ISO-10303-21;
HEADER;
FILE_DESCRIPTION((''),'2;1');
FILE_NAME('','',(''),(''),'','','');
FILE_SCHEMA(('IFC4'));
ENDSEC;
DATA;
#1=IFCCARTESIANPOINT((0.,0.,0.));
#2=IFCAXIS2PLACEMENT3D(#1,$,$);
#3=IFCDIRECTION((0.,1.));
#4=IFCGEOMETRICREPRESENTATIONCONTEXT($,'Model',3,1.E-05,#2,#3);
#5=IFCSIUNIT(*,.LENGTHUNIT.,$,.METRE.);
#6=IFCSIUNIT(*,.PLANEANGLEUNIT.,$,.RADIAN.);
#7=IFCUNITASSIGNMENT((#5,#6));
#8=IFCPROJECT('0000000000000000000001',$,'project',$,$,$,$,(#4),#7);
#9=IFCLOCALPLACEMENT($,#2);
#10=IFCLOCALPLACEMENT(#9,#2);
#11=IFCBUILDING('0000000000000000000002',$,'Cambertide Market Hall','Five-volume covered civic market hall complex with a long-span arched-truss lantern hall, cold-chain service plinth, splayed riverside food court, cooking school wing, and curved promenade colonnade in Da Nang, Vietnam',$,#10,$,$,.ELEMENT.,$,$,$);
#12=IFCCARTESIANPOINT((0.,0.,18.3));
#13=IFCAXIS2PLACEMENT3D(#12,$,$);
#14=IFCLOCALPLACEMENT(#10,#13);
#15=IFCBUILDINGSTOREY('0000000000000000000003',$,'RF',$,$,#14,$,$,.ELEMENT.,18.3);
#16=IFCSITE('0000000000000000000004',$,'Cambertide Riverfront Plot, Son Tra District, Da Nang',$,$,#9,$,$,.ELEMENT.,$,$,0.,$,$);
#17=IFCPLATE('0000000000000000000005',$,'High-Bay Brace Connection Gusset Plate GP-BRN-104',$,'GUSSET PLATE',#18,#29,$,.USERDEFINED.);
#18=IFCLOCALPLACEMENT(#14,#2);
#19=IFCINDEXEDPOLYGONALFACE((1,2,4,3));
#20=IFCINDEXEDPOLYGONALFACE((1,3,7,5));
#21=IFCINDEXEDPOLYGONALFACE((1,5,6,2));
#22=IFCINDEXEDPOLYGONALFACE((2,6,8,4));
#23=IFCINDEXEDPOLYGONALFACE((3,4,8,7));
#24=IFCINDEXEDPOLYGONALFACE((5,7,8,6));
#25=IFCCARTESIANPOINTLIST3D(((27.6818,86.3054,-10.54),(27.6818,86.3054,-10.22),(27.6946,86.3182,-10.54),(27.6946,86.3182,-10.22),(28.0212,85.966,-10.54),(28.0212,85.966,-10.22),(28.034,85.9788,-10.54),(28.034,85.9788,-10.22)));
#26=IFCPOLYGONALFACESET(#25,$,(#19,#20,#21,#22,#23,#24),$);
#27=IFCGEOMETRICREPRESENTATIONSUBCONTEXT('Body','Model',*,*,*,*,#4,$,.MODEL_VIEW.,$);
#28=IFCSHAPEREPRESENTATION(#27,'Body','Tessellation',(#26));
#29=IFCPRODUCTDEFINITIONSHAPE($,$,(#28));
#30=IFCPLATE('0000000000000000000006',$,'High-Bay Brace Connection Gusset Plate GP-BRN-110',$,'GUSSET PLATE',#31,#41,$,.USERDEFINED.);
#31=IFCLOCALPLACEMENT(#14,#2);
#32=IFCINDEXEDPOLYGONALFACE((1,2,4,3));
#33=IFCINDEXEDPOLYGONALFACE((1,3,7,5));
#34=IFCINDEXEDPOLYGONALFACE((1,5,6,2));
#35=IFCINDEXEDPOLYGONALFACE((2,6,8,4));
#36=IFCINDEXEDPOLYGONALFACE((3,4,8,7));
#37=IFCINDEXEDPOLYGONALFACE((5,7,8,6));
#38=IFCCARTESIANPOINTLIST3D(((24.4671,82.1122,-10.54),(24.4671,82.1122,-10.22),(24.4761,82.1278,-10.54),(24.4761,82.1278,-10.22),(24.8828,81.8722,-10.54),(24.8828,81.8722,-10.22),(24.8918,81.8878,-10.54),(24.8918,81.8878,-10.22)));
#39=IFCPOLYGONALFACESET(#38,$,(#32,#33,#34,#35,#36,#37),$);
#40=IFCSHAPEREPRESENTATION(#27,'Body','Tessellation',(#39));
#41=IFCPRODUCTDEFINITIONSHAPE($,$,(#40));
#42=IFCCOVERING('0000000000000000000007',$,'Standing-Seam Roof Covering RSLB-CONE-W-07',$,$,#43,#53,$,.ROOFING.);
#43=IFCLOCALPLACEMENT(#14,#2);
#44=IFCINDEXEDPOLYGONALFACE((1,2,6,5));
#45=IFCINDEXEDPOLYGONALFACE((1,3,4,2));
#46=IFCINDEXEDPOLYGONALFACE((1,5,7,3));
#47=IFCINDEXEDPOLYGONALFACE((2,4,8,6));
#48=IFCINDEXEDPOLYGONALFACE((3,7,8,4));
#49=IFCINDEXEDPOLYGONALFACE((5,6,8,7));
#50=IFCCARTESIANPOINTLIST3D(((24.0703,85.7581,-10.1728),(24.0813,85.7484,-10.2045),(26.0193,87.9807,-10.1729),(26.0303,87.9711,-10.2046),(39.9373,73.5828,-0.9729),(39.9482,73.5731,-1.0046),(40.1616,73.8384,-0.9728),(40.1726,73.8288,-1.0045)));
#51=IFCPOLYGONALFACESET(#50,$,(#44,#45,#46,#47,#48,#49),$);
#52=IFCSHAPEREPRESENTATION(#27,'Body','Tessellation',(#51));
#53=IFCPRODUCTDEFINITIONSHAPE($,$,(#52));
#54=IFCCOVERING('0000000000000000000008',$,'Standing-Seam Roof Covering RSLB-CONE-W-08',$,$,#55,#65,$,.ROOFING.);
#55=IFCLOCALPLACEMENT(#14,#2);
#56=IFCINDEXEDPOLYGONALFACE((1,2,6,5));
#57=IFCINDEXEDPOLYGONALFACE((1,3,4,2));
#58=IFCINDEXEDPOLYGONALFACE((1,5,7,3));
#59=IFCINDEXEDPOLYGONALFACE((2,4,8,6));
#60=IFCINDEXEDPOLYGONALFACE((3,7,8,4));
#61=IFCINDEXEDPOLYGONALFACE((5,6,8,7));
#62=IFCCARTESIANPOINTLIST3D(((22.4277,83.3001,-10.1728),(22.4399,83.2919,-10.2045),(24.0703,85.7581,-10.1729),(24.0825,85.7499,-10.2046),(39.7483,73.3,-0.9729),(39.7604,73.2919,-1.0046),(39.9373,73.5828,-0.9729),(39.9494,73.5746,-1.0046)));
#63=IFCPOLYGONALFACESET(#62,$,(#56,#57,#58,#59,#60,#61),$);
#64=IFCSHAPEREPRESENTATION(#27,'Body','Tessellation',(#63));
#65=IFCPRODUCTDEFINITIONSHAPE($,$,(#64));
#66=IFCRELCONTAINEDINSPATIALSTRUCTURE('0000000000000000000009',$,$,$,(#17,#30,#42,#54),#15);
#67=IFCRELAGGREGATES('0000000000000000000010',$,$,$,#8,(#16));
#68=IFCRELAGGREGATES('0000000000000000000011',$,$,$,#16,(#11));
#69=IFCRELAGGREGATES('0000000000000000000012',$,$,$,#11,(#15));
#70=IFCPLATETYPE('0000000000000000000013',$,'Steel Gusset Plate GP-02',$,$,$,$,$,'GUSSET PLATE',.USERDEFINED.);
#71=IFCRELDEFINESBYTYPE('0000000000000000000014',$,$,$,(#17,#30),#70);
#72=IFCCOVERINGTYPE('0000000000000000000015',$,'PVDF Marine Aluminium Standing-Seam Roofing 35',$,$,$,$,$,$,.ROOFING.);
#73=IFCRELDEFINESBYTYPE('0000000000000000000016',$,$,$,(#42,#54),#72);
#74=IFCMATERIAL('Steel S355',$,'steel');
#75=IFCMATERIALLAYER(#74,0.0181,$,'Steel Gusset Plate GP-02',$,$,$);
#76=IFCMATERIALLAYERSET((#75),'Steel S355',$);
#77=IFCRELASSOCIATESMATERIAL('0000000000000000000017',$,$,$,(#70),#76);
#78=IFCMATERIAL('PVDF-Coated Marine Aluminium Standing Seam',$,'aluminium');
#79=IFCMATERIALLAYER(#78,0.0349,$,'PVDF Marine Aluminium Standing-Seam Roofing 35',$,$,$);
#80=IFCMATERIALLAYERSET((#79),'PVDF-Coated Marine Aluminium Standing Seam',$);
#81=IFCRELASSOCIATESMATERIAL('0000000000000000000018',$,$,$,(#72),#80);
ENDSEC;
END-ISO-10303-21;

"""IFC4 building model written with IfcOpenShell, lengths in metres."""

from ifc_helpers import new_model, si_unit, direction, frame, origin, origin_2d, place, context, subcontext, project, spatial, polyline, rectangle, outline, extrude, material, layer, layer_set, type_object, element, save


model = new_model("IFC4")

# Units and contexts
model_context = context("Model", 3, precision=1e-05, world=origin(), true_north=direction((0.0, 1.0)))
body_context = subcontext(model_context, "Body", "Model", "MODEL_VIEW")
ifc_project = project(units=[si_unit("LENGTHUNIT", "METRE"), si_unit("PLANEANGLEUNIT", "RADIAN")], contexts=[model_context])

# Site, building, storey
site_placement = place(None, origin())
site = spatial("IfcSite", under=ifc_project, at=site_placement, Name="Cambertide Riverfront Plot, Son Tra District, Da Nang", CompositionType="ELEMENT", RefElevation=0.0)
building_placement = place(site_placement, origin())
building = spatial("IfcBuilding", under=site, at=building_placement, Name="Cambertide Market Hall", Description="Five-volume covered civic market hall complex with a long-span arched-truss lantern hall, cold-chain service plinth, splayed riverside food court, cooking school wing, and curved promenade colonnade in Da Nang, Vietnam", CompositionType="ELEMENT")
storey_placement = place(building_placement, frame((0.0, 0.0, 18.3)))
storey = spatial("IfcBuildingStorey", under=building, at=storey_placement, Name="RF", CompositionType="ELEMENT", Elevation=18.3)

# Plates
ifc_material_1 = material(Name="Steel S355", Category="steel")
ifc_layer_1 = layer(ifc_material_1, 0.0181, Name="Steel Gusset Plate GP-02")
ifc_layer_set_1 = layer_set([ifc_layer_1], Name="Steel S355")
plate_type_1 = type_object("IfcPlateType", Name="Steel Gusset Plate GP-02", ElementType="GUSSET PLATE", PredefinedType="USERDEFINED", material=ifc_layer_set_1)
for number, where, z_axis, x_axis, name in (
    (1, (27.8579, 86.1421, -10.54), (0.0, 0.0, 1.0), (0.707107, -0.707107, 0.0), "High-Bay Brace Connection Gusset Plate GP-BRN-104"),
    (2, (24.6794, 82.0, -10.54), (0.0, 0.0, 1.0), (0.866025, -0.5, 0.0), "High-Bay Brace Connection Gusset Plate GP-BRN-110"),
):
    element("IfcPlate", number, at=place(storey_placement, frame(where, z_axis=z_axis, x_axis=x_axis)), inside=storey, type_object=plate_type_1, Name=name, ObjectType="GUSSET PLATE", PredefinedType="USERDEFINED", context=body_context, shape_type="SweptSolid", body=[
        extrude(rectangle(XDim=0.48, YDim=0.0181, at=origin_2d()), origin(), (0.0, 0.0, 1.0), 0.3201),
    ])

# Coverings
ifc_material_2 = material(Name="PVDF-Coated Marine Aluminium Standing Seam", Category="aluminium")
ifc_layer_2 = layer(ifc_material_2, 0.0349, Name="PVDF Marine Aluminium Standing-Seam Roofing 35")
ifc_layer_set_2 = layer_set([ifc_layer_2], Name="PVDF-Coated Marine Aluminium Standing Seam")
covering_type = type_object("IfcCoveringType", Name="PVDF Marine Aluminium Standing-Seam Roofing 35", PredefinedType="ROOFING", material=ifc_layer_set_2)
covering_1_placement = place(storey_placement, frame((26.0193, 87.9807, -10.1729), z_axis=(-0.314754, 0.276026, 0.908152), x_axis=(-0.659306, -0.751875, 0.000019)))
element("IfcCovering", 3, at=covering_1_placement, inside=storey, type_object=covering_type, Name="Standing-Seam Roof Covering RSLB-CONE-W-07", PredefinedType="ROOFING", context=body_context, shape_type="SweptSolid", body=[
    extrude(outline(polyline([(0.0, 0.0), (2.9561, 0.0), (1.6494, 21.9757), (1.3093, 21.9758), (0.0, 0.0)])), origin(), (0.0, 0.0, -1.0), 0.0349),
])
covering_2_placement = place(storey_placement, frame((24.0703, 85.7581, -10.1729), z_axis=(-0.348075, 0.232608, 0.908151), x_axis=(-0.555616, -0.831439, 0.000004)))
element("IfcCovering", 4, at=covering_2_placement, inside=storey, type_object=covering_type, Name="Standing-Seam Roof Covering RSLB-CONE-W-08", PredefinedType="ROOFING", context=body_context, shape_type="SweptSolid", body=[
    extrude(outline(polyline([(0.0, 0.0), (2.9563, 0.0), (1.6472, 21.9756), (1.3071, 21.9756), (0.0, 0.0)])), origin(), (0.0, 0.0, -1.0), 0.0349),
])

save(model, "model.ifc")
